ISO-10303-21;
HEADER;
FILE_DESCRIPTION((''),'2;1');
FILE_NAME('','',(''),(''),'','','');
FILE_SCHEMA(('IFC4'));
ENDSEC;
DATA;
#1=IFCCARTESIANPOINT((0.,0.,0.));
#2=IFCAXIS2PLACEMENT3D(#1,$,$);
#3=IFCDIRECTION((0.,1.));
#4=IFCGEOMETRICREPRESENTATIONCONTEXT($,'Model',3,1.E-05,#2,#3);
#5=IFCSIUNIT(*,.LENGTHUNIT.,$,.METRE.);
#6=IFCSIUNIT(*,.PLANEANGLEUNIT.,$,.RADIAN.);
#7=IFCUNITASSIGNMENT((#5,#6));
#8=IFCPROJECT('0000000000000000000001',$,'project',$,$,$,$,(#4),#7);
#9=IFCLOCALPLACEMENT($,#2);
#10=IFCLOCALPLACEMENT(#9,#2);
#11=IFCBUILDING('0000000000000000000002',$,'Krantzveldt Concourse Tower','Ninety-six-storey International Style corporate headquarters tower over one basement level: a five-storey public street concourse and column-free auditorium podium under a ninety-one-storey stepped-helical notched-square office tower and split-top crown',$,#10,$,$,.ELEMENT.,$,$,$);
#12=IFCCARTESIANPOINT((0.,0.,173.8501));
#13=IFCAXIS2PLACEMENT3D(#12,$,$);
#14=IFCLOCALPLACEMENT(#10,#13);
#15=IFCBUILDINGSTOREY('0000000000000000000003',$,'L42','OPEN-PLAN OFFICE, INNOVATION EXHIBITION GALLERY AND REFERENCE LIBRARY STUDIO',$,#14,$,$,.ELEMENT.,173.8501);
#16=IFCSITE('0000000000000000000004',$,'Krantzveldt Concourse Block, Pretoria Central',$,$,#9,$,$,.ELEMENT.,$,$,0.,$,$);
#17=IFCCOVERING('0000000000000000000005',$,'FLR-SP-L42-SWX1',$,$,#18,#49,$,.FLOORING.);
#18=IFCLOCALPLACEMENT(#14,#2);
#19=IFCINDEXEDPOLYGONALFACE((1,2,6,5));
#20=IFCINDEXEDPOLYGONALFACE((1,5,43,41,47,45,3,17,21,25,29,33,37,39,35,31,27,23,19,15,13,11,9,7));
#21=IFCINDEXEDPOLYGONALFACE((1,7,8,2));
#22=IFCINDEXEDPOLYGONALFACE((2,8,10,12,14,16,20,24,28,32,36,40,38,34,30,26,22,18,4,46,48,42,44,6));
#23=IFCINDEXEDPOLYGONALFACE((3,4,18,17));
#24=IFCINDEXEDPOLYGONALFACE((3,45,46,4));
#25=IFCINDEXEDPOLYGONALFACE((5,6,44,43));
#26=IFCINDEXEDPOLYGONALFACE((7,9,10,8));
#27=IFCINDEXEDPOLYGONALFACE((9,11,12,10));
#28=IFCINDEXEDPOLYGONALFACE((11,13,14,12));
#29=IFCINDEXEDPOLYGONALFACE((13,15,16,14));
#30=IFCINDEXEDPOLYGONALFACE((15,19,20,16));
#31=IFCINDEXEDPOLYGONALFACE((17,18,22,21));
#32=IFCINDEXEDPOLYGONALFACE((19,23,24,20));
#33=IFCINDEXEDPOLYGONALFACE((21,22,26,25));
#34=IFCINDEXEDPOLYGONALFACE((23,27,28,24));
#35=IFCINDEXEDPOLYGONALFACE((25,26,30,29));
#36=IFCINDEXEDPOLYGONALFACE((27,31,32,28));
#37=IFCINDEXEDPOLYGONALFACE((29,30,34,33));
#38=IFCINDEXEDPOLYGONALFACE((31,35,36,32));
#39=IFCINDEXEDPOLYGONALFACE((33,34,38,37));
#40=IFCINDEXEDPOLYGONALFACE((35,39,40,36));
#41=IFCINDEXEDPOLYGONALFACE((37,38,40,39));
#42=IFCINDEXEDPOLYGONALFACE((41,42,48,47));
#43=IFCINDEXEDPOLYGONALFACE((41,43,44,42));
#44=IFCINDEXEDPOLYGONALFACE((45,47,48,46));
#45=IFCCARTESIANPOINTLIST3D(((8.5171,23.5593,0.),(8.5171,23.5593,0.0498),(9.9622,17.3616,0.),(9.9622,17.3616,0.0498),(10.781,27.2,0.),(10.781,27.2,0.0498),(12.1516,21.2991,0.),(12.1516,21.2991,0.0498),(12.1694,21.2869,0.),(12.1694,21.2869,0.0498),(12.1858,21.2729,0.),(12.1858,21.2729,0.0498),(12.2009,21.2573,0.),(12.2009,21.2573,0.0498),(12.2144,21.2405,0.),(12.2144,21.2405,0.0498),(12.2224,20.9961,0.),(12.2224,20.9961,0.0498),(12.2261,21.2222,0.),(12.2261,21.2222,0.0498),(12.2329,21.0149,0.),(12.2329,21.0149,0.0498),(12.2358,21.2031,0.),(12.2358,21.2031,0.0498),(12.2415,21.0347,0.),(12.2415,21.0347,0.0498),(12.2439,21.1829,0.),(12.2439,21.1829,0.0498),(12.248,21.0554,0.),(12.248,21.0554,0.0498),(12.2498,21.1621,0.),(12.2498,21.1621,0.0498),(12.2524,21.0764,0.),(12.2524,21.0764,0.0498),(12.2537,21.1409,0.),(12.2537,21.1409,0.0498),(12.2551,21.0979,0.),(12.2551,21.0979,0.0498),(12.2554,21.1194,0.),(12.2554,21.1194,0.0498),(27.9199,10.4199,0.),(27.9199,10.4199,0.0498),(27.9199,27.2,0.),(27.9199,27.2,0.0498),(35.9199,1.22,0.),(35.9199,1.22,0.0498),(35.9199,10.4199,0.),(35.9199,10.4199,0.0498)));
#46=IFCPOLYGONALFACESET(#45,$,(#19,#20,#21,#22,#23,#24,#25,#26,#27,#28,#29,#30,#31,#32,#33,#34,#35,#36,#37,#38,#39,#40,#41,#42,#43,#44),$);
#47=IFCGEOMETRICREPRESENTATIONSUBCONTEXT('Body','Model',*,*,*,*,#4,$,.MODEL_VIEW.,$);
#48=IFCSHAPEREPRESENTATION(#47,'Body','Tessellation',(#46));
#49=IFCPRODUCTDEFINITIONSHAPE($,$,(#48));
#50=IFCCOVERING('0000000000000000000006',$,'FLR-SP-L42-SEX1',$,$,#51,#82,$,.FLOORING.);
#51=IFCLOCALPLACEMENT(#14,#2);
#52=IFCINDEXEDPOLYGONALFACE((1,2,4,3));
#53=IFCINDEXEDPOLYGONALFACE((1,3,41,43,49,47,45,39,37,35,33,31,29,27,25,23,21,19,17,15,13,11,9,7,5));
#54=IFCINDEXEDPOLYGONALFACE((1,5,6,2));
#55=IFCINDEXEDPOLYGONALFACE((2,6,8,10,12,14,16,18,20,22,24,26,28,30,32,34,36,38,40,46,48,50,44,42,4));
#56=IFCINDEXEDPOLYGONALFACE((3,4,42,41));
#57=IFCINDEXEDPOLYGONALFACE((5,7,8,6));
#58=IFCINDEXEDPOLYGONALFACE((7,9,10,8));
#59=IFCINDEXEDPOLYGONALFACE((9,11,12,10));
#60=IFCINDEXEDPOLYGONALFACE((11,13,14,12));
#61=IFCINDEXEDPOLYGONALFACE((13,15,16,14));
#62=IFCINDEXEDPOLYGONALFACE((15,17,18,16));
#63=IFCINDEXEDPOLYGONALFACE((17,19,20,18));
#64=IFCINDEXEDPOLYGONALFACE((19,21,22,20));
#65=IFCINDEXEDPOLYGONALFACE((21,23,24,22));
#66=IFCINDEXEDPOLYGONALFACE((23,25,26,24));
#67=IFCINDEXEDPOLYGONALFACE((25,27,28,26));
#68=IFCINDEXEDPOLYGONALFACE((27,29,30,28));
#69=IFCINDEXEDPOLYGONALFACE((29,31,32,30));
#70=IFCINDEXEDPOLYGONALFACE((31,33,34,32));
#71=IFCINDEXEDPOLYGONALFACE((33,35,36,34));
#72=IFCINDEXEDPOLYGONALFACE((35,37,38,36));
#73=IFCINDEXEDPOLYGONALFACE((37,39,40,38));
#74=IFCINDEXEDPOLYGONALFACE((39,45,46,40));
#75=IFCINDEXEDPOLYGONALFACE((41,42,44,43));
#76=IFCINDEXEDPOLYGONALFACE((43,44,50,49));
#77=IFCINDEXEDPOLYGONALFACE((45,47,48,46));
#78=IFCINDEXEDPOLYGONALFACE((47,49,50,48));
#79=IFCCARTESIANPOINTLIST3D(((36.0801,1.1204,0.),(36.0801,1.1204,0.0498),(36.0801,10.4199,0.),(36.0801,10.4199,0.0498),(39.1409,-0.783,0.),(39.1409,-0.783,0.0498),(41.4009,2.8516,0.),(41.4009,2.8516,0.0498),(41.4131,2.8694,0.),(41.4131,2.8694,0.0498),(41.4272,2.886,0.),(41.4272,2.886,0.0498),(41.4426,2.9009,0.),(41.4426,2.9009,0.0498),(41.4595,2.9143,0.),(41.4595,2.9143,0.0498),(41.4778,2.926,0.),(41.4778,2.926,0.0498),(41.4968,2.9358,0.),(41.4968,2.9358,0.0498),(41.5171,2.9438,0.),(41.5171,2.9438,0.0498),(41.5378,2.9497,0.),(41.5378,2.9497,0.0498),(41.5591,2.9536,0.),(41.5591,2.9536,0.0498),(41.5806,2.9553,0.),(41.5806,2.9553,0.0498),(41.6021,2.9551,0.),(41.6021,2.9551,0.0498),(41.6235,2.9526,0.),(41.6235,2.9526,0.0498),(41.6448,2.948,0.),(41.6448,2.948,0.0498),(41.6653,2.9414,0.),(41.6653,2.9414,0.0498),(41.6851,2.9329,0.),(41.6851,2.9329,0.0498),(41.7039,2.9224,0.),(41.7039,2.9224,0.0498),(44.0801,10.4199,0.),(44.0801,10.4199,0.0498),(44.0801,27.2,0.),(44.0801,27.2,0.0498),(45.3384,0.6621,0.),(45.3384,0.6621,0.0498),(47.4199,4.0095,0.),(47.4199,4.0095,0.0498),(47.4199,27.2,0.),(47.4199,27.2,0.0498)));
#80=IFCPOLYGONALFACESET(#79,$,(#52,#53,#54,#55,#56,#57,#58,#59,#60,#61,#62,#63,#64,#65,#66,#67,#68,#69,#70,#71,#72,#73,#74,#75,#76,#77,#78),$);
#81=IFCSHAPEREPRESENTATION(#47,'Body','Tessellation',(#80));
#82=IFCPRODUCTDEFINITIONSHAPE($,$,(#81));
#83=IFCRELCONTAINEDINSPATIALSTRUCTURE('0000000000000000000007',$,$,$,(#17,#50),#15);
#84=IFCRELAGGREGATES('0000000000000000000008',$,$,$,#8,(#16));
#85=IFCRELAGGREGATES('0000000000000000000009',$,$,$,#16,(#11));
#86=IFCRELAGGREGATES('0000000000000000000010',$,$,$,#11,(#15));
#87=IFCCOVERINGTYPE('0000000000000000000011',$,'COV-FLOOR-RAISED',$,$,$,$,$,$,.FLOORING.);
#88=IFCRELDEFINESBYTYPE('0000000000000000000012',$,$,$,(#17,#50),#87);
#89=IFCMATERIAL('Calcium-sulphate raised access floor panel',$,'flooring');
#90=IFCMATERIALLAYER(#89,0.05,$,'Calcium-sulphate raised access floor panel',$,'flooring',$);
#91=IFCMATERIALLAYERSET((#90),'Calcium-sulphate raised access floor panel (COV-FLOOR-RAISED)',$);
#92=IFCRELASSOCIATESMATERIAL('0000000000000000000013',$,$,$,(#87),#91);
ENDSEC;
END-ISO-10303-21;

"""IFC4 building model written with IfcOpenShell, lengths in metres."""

from ifc_helpers import new_model, si_unit, direction, frame, origin, place, context, subcontext, project, spatial, polyline, outline, extrude, material, layer, layer_set, type_object, element, save


model = new_model("IFC4")

# Units and contexts
model_context = context("Model", 3, precision=1e-05, world=origin(), true_north=direction((0.0, 1.0)))
body_context = subcontext(model_context, "Body", "Model", "MODEL_VIEW")
ifc_project = project(units=[si_unit("LENGTHUNIT", "METRE"), si_unit("PLANEANGLEUNIT", "RADIAN")], contexts=[model_context])

# Site, building, storey
site_placement = place(None, origin())
site = spatial("IfcSite", under=ifc_project, at=site_placement, Name="Krantzveldt Concourse Block, Pretoria Central", CompositionType="ELEMENT", RefElevation=0.0)
building_placement = place(site_placement, origin())
building = spatial("IfcBuilding", under=site, at=building_placement, Name="Krantzveldt Concourse Tower", Description="Ninety-six-storey International Style corporate headquarters tower over one basement level: a five-storey public street concourse and column-free auditorium podium under a ninety-one-storey stepped-helical notched-square office tower and split-top crown", CompositionType="ELEMENT")
storey_placement = place(building_placement, frame((0.0, 0.0, 173.8501)))
storey = spatial("IfcBuildingStorey", under=building, at=storey_placement, Name="L42", Description="OPEN-PLAN OFFICE, INNOVATION EXHIBITION GALLERY AND REFERENCE LIBRARY STUDIO", CompositionType="ELEMENT", Elevation=173.8501)

# Coverings
ifc_material_1 = material(Name="Calcium-sulphate raised access floor panel", Category="flooring")
ifc_layer_1 = layer(ifc_material_1, 0.05, Name="Calcium-sulphate raised access floor panel", Category="flooring")
ifc_layer_set_1 = layer_set([ifc_layer_1], Name="Calcium-sulphate raised access floor panel (COV-FLOOR-RAISED)")
covering_type = type_object("IfcCoveringType", Name="COV-FLOOR-RAISED", PredefinedType="FLOORING", material=ifc_layer_set_1)
covering_1_placement = place(storey_placement, origin())
element("IfcCovering", 1, at=covering_1_placement, inside=storey, type_object=covering_type, Name="FLR-SP-L42-SWX1", PredefinedType="FLOORING", context=body_context, shape_type="SweptSolid", body=[
    extrude(outline(polyline([(27.9199, 10.4199), (35.9199, 10.4199), (35.9199, 1.22), (9.9622, 17.3616), (12.2224, 20.9961), (12.2329, 21.0149), (12.2415, 21.0347), (12.248, 21.0554), (12.2524, 21.0764), (12.2551, 21.0979), (12.2554, 21.1194), (12.2537, 21.1409), (12.2498, 21.1621), (12.2439, 21.1829), (12.2358, 21.2031), (12.2261, 21.2222), (12.2144, 21.2405), (12.2009, 21.2573), (12.1858, 21.2729), (12.1694, 21.2869), (12.1516, 21.2991), (8.5171, 23.5593), (10.781, 27.2), (27.9199, 27.2), (27.9199, 10.4199)])), origin(), (0.0, 0.0, 1.0), 0.0498),
])
covering_2_placement = place(storey_placement, origin())
element("IfcCovering", 2, at=covering_2_placement, inside=storey, type_object=covering_type, Name="FLR-SP-L42-SEX1", PredefinedType="FLOORING", context=body_context, shape_type="SweptSolid", body=[
    extrude(outline(polyline([(47.4199, 4.0095), (45.3384, 0.6621), (41.7039, 2.9224), (41.6851, 2.9329), (41.6653, 2.9414), (41.6448, 2.948), (41.6235, 2.9526), (41.6021, 2.9551), (41.5806, 2.9553), (41.5591, 2.9536), (41.5378, 2.9497), (41.5171, 2.9438), (41.4968, 2.9358), (41.4778, 2.926), (41.4595, 2.9143), (41.4426, 2.9009), (41.4272, 2.886), (41.4131, 2.8694), (41.4009, 2.8516), (39.1409, -0.783), (36.0801, 1.1204), (36.0801, 10.4199), (44.0801, 10.4199), (44.0801, 27.2), (47.4199, 27.2), (47.4199, 4.0095)])), origin(), (0.0, 0.0, 1.0), 0.0498),
])

save(model, "model.ifc")
